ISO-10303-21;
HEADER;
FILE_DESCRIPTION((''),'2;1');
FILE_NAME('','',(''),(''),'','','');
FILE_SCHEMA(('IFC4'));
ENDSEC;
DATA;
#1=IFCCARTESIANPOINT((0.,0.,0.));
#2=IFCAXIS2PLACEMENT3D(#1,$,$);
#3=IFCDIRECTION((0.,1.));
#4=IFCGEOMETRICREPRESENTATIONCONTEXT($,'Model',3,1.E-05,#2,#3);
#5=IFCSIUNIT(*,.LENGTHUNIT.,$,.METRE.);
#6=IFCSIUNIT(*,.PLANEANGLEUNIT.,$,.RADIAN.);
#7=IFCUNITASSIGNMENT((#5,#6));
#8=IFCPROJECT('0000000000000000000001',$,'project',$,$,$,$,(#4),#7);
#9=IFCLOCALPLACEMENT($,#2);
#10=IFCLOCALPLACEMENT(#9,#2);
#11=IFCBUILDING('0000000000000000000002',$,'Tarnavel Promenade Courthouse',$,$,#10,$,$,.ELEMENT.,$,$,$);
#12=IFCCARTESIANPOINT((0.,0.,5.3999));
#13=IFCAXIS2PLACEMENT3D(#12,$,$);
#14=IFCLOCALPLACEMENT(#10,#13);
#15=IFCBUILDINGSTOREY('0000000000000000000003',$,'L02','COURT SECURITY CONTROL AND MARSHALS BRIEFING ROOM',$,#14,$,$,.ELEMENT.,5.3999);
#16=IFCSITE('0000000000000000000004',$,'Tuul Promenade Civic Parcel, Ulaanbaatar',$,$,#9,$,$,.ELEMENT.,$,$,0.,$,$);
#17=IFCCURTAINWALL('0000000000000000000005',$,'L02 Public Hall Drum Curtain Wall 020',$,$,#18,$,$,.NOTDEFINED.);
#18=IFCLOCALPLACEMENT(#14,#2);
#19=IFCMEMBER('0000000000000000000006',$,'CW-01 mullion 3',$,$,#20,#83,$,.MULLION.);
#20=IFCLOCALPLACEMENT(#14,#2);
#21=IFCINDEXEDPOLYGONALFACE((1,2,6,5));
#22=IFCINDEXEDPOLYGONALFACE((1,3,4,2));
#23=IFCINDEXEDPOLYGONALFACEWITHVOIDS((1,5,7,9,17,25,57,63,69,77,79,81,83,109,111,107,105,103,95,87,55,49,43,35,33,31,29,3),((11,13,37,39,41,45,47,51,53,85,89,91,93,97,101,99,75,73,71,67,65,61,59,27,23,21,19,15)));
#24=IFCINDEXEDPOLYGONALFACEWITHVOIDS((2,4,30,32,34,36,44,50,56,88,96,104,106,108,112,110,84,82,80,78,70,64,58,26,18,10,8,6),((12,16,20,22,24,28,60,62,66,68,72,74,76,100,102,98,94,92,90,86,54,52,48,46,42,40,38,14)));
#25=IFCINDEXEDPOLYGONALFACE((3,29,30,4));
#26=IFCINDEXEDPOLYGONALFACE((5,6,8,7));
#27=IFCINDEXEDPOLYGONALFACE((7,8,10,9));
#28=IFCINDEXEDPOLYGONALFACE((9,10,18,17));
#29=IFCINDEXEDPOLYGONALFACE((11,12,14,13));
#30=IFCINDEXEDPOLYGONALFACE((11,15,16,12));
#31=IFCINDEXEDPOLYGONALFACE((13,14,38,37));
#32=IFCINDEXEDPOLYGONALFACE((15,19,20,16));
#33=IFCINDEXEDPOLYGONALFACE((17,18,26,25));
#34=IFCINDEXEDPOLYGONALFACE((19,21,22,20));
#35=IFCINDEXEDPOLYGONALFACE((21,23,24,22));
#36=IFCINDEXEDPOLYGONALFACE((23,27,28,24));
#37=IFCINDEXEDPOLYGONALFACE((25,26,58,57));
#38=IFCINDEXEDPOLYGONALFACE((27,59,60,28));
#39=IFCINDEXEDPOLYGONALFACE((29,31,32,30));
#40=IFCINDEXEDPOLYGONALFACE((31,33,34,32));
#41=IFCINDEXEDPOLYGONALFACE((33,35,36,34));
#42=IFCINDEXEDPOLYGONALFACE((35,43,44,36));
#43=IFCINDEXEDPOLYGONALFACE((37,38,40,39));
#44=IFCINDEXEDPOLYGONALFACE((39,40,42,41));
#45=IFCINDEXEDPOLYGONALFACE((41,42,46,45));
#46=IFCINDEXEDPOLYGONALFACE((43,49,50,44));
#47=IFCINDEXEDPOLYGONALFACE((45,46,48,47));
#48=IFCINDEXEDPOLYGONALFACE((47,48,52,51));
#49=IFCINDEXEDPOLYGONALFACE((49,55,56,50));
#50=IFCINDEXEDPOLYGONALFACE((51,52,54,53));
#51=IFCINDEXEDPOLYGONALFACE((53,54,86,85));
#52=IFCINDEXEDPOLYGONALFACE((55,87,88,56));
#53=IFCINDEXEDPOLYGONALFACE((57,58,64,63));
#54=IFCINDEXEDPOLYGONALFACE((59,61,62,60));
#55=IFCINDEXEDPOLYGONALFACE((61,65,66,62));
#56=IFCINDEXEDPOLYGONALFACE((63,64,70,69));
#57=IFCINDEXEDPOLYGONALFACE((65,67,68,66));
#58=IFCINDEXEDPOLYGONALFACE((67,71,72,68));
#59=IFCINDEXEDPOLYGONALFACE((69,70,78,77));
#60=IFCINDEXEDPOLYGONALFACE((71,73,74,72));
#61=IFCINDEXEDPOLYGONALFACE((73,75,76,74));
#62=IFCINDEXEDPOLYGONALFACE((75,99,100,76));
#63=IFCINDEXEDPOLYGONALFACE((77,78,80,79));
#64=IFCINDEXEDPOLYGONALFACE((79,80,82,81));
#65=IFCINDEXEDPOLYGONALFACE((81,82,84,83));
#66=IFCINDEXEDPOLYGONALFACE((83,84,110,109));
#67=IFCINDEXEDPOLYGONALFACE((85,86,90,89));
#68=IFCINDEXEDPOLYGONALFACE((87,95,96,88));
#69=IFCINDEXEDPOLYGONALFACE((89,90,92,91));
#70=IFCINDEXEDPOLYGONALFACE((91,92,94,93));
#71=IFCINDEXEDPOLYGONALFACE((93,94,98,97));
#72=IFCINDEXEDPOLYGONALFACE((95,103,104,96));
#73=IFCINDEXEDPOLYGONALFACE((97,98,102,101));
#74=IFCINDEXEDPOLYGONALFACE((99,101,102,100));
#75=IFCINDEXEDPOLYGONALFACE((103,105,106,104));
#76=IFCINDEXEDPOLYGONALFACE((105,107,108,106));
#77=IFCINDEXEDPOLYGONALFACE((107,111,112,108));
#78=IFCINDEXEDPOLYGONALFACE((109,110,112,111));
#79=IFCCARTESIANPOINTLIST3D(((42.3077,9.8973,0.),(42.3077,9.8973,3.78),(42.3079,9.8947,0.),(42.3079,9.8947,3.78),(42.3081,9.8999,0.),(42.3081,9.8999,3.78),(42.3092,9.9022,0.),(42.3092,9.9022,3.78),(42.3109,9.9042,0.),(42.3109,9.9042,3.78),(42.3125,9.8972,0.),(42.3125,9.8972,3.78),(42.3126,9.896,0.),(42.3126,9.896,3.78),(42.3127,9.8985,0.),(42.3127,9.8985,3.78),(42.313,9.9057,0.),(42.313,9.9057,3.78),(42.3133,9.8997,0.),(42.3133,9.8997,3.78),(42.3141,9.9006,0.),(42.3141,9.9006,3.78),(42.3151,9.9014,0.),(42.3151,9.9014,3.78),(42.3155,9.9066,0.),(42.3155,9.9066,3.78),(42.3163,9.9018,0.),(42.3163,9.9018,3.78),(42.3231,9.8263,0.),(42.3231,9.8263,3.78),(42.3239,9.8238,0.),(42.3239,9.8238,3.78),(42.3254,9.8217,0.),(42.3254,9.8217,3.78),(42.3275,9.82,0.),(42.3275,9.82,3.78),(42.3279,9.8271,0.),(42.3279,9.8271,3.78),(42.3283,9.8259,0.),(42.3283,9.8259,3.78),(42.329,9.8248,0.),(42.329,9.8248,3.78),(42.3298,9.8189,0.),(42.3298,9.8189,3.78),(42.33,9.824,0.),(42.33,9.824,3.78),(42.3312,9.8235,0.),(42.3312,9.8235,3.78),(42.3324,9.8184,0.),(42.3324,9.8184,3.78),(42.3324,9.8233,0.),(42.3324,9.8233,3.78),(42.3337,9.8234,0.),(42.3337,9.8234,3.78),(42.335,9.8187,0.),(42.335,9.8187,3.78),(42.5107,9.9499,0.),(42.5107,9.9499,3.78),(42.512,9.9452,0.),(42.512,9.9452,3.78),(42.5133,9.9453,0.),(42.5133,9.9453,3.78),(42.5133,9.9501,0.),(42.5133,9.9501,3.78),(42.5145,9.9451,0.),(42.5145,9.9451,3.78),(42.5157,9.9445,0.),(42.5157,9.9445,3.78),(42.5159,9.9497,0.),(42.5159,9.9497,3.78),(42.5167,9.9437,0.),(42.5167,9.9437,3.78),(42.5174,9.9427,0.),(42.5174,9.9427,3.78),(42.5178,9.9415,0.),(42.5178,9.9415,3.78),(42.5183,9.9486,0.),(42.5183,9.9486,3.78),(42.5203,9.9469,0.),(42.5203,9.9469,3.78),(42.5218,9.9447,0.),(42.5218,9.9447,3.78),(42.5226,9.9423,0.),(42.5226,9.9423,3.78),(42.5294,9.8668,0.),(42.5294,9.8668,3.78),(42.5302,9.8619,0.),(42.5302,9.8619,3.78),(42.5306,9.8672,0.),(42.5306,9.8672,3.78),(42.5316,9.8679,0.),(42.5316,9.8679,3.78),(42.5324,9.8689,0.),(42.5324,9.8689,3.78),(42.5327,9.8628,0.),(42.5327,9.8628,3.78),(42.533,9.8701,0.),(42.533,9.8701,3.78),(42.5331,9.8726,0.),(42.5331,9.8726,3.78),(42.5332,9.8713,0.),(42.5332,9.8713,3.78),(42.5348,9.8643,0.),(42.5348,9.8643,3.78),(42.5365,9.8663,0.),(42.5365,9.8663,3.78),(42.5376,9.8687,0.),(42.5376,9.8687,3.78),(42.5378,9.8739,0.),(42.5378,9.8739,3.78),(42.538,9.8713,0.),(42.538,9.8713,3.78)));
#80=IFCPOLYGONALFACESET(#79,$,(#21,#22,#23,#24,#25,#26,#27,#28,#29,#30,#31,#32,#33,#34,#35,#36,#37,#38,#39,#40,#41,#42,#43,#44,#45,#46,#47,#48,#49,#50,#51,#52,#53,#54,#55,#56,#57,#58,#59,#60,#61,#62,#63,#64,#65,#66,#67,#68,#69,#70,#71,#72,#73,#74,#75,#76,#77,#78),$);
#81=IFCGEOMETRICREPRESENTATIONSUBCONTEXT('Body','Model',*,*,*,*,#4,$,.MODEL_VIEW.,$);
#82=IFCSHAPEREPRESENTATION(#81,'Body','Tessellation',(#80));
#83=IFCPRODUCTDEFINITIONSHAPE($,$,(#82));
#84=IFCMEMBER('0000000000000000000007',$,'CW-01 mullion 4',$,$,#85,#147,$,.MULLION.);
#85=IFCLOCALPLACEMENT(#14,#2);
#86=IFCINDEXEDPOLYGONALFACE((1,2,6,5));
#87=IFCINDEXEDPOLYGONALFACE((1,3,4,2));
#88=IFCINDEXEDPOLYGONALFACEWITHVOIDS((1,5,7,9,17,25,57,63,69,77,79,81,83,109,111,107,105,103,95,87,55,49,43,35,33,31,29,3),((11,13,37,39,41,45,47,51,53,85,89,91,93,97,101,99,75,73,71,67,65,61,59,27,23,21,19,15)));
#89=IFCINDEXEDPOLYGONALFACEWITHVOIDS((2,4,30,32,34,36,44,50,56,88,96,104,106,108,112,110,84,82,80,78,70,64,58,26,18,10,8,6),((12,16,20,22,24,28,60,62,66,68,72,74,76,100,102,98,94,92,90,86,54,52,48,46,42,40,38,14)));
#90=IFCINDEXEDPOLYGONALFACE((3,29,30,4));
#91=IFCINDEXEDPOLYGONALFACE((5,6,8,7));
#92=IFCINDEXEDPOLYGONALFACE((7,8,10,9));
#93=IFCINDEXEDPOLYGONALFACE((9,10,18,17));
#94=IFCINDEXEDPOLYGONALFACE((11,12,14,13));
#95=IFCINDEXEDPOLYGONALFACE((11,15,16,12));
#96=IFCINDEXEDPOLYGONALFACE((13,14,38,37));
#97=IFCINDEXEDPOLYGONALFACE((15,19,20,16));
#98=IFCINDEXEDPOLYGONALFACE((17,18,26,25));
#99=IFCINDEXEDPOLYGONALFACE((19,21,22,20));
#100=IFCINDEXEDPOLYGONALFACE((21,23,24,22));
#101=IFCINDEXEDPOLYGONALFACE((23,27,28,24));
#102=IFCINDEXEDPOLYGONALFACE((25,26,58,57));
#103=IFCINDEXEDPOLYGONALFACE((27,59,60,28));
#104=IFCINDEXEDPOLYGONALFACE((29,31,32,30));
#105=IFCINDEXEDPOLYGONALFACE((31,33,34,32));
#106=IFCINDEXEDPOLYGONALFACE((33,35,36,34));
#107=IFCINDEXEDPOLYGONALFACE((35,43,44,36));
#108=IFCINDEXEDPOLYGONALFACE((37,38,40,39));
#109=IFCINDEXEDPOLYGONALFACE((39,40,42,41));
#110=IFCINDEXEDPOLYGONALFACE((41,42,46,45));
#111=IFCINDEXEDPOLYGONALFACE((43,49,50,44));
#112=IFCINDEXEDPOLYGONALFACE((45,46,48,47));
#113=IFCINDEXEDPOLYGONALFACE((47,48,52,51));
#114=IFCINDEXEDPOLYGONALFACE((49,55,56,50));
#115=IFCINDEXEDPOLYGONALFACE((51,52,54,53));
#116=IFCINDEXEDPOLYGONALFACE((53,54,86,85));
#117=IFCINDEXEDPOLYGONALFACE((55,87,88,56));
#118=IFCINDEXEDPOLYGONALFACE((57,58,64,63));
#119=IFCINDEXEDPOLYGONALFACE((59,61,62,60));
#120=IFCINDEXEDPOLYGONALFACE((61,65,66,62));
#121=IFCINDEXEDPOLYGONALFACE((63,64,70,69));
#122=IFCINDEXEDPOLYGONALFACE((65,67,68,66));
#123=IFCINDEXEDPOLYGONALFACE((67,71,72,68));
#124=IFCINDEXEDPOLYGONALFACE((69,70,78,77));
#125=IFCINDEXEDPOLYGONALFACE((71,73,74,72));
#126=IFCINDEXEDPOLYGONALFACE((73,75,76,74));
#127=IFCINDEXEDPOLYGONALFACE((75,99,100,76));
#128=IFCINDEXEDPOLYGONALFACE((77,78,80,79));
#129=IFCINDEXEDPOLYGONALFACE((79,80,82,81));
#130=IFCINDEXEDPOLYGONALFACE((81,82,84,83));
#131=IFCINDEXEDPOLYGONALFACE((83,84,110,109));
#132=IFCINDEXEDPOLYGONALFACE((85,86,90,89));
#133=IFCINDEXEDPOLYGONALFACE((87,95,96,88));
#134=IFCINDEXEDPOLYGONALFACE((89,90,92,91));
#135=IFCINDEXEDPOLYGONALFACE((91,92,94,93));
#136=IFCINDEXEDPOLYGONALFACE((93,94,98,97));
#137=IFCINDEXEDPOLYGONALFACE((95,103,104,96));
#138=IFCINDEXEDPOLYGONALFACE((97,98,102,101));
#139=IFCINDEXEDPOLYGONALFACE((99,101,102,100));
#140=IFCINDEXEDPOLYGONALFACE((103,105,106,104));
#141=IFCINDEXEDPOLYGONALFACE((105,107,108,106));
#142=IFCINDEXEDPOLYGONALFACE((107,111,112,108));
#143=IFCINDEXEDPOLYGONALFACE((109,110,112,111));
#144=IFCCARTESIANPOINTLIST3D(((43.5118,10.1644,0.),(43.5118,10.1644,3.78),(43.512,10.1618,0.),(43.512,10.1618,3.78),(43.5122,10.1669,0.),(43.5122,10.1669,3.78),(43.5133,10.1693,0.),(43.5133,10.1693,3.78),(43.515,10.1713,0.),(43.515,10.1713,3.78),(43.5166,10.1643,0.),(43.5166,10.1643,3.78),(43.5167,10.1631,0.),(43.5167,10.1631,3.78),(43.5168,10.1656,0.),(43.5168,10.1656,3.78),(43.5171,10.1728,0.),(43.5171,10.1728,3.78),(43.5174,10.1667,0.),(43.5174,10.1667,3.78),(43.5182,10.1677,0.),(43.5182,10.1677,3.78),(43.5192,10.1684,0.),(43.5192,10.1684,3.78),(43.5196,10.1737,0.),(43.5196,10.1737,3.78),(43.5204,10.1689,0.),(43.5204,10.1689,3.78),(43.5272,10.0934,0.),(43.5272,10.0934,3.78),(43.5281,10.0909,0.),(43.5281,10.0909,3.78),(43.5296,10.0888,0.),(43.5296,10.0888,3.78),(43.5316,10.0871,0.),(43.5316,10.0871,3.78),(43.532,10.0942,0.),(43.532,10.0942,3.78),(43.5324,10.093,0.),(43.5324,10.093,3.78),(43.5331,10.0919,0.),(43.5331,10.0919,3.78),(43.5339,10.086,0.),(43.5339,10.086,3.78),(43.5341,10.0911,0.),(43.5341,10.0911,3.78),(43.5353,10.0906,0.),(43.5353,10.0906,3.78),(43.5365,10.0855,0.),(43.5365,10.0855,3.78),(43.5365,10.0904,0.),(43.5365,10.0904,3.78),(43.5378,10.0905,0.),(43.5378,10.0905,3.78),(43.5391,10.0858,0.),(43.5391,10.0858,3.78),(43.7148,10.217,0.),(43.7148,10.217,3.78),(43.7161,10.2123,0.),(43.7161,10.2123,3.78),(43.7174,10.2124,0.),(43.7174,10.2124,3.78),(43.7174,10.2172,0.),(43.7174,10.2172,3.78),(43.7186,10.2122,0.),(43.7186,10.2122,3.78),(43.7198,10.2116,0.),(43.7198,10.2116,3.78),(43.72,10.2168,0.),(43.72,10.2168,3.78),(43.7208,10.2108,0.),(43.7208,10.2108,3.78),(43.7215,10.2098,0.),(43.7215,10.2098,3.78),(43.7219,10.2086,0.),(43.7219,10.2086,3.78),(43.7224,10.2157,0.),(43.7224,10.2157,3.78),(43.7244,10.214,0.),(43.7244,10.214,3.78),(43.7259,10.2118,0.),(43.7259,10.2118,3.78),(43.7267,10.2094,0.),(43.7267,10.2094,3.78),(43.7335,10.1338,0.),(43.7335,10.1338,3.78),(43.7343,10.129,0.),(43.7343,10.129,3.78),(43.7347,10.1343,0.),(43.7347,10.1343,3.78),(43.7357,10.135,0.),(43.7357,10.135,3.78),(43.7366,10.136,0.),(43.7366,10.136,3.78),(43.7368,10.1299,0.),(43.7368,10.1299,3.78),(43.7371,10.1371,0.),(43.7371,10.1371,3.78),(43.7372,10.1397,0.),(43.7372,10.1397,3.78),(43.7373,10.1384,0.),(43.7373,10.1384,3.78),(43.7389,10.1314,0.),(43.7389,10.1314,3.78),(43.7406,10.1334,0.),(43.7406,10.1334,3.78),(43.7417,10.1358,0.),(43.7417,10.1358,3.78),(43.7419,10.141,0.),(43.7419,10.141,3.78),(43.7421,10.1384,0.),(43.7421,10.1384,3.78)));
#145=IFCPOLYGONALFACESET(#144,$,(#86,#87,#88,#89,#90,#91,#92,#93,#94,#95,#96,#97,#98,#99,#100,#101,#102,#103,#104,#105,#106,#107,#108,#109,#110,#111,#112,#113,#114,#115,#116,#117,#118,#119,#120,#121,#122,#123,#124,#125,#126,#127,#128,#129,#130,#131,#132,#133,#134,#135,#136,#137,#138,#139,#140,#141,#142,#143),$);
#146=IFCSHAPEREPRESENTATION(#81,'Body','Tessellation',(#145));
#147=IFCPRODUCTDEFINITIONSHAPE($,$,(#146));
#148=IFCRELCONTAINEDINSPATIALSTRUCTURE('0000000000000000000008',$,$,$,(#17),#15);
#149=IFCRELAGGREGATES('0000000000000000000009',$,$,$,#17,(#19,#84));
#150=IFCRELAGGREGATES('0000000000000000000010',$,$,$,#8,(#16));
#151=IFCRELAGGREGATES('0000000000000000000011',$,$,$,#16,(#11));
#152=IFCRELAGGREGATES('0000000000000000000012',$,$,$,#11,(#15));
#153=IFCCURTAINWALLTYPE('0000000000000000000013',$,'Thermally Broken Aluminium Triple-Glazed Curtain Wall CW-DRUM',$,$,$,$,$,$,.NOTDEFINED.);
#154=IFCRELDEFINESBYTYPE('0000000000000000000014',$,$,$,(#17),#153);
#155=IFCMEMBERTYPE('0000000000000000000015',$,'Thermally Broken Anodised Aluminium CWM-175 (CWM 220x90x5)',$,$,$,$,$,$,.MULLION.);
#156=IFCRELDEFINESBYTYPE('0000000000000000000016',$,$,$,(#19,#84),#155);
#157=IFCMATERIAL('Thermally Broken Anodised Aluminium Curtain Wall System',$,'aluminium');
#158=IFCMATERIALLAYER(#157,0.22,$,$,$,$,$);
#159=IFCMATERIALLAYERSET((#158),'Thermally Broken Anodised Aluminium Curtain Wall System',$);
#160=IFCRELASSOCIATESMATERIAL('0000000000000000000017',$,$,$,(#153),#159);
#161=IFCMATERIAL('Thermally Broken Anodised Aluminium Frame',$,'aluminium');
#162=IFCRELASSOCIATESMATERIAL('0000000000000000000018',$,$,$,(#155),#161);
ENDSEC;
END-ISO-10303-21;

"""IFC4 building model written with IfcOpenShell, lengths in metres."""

from ifc_helpers import new_model, si_unit, direction, frame, origin, origin_2d, place, context, subcontext, project, spatial, hollow_rectangle, extrude, material, layer, layer_set, material_profile, profile_set, type_object, element, aggregate, save


model = new_model("IFC4")

# Units and contexts
model_context = context("Model", 3, precision=1e-05, world=origin(), true_north=direction((0.0, 1.0)))
body_context = subcontext(model_context, "Body", "Model", "MODEL_VIEW")
ifc_project = project(units=[si_unit("LENGTHUNIT", "METRE"), si_unit("PLANEANGLEUNIT", "RADIAN")], contexts=[model_context])

# Site, building, storey
site_placement = place(None, origin())
site = spatial("IfcSite", under=ifc_project, at=site_placement, Name="Tuul Promenade Civic Parcel, Ulaanbaatar", CompositionType="ELEMENT", RefElevation=0.0)
building_placement = place(site_placement, origin())
building = spatial("IfcBuilding", under=site, at=building_placement, Name="Tarnavel Promenade Courthouse", CompositionType="ELEMENT")
storey_placement = place(building_placement, frame((0.0, 0.0, 5.3999)))
storey = spatial("IfcBuildingStorey", under=building, at=storey_placement, Name="L02", Description="COURT SECURITY CONTROL AND MARSHALS BRIEFING ROOM", CompositionType="ELEMENT", Elevation=5.3999)

# Curtain wall, members
ifc_material_1 = material(Name="Thermally Broken Anodised Aluminium Curtain Wall System", Category="aluminium")
ifc_layer_1 = layer(ifc_material_1, 0.22)
ifc_layer_set_1 = layer_set([ifc_layer_1], Name="Thermally Broken Anodised Aluminium Curtain Wall System")
curtain_wall_type = type_object("IfcCurtainWallType", Name="Thermally Broken Aluminium Triple-Glazed Curtain Wall CW-DRUM", PredefinedType="NOTDEFINED", material=ifc_layer_set_1)
curtain_wall_1_placement = place(storey_placement, origin())
curtain_wall_1 = element("IfcCurtainWall", 1, at=curtain_wall_1_placement, inside=storey, type_object=curtain_wall_type, Name="L02 Public Hall Drum Curtain Wall 020", PredefinedType="NOTDEFINED")
ifc_material_2 = material(Name="Thermally Broken Anodised Aluminium Frame", Category="aluminium")
ifc_material_profile_1 = material_profile(ifc_material_2, hollow_rectangle(XDim=0.0901, YDim=0.22, WallThickness=0.0049, InnerFilletRadius=0.0049, OuterFilletRadius=0.01, at=origin_2d()), Name="CWM 220x90x5")
ifc_profile_set_1 = profile_set([ifc_material_profile_1], Name="Thermally Broken Anodised Aluminium Frame")
member_type_1 = type_object("IfcMemberType", Name="Thermally Broken Anodised Aluminium CWM-175 (CWM 220x90x5)", PredefinedType="MULLION", material=ifc_profile_set_1)
member_1_placement = place(storey_placement, frame((42.4229, 9.8843, 0.0), z_axis=(0.0, 0.0, 1.0), x_axis=(-0.216439, 0.976296, 0.0)))
member_1 = element("IfcMember", 2, at=member_1_placement, type_object=member_type_1, Name="CW-01 mullion 3", PredefinedType="MULLION", context=body_context, shape_type="SweptSolid", body=[
    extrude(hollow_rectangle(XDim=0.0901, YDim=0.22, WallThickness=0.0049, InnerFilletRadius=0.0049, OuterFilletRadius=0.01, at=origin_2d()), origin(), (0.0, 0.0, 1.0), 3.78),
])
member_2_placement = place(storey_placement, frame((43.627, 10.1514, 0.0), z_axis=(0.0, 0.0, 1.0), x_axis=(-0.216439, 0.976296, 0.0)))
member_2 = element("IfcMember", 3, at=member_2_placement, type_object=member_type_1, Name="CW-01 mullion 4", PredefinedType="MULLION", context=body_context, shape_type="SweptSolid", body=[
    extrude(hollow_rectangle(XDim=0.0901, YDim=0.22, WallThickness=0.0049, InnerFilletRadius=0.0049, OuterFilletRadius=0.01, at=origin_2d()), origin(), (0.0, 0.0, 1.0), 3.78),
])

aggregate(curtain_wall_1, [member_1, member_2])

save(model, "model.ifc")
